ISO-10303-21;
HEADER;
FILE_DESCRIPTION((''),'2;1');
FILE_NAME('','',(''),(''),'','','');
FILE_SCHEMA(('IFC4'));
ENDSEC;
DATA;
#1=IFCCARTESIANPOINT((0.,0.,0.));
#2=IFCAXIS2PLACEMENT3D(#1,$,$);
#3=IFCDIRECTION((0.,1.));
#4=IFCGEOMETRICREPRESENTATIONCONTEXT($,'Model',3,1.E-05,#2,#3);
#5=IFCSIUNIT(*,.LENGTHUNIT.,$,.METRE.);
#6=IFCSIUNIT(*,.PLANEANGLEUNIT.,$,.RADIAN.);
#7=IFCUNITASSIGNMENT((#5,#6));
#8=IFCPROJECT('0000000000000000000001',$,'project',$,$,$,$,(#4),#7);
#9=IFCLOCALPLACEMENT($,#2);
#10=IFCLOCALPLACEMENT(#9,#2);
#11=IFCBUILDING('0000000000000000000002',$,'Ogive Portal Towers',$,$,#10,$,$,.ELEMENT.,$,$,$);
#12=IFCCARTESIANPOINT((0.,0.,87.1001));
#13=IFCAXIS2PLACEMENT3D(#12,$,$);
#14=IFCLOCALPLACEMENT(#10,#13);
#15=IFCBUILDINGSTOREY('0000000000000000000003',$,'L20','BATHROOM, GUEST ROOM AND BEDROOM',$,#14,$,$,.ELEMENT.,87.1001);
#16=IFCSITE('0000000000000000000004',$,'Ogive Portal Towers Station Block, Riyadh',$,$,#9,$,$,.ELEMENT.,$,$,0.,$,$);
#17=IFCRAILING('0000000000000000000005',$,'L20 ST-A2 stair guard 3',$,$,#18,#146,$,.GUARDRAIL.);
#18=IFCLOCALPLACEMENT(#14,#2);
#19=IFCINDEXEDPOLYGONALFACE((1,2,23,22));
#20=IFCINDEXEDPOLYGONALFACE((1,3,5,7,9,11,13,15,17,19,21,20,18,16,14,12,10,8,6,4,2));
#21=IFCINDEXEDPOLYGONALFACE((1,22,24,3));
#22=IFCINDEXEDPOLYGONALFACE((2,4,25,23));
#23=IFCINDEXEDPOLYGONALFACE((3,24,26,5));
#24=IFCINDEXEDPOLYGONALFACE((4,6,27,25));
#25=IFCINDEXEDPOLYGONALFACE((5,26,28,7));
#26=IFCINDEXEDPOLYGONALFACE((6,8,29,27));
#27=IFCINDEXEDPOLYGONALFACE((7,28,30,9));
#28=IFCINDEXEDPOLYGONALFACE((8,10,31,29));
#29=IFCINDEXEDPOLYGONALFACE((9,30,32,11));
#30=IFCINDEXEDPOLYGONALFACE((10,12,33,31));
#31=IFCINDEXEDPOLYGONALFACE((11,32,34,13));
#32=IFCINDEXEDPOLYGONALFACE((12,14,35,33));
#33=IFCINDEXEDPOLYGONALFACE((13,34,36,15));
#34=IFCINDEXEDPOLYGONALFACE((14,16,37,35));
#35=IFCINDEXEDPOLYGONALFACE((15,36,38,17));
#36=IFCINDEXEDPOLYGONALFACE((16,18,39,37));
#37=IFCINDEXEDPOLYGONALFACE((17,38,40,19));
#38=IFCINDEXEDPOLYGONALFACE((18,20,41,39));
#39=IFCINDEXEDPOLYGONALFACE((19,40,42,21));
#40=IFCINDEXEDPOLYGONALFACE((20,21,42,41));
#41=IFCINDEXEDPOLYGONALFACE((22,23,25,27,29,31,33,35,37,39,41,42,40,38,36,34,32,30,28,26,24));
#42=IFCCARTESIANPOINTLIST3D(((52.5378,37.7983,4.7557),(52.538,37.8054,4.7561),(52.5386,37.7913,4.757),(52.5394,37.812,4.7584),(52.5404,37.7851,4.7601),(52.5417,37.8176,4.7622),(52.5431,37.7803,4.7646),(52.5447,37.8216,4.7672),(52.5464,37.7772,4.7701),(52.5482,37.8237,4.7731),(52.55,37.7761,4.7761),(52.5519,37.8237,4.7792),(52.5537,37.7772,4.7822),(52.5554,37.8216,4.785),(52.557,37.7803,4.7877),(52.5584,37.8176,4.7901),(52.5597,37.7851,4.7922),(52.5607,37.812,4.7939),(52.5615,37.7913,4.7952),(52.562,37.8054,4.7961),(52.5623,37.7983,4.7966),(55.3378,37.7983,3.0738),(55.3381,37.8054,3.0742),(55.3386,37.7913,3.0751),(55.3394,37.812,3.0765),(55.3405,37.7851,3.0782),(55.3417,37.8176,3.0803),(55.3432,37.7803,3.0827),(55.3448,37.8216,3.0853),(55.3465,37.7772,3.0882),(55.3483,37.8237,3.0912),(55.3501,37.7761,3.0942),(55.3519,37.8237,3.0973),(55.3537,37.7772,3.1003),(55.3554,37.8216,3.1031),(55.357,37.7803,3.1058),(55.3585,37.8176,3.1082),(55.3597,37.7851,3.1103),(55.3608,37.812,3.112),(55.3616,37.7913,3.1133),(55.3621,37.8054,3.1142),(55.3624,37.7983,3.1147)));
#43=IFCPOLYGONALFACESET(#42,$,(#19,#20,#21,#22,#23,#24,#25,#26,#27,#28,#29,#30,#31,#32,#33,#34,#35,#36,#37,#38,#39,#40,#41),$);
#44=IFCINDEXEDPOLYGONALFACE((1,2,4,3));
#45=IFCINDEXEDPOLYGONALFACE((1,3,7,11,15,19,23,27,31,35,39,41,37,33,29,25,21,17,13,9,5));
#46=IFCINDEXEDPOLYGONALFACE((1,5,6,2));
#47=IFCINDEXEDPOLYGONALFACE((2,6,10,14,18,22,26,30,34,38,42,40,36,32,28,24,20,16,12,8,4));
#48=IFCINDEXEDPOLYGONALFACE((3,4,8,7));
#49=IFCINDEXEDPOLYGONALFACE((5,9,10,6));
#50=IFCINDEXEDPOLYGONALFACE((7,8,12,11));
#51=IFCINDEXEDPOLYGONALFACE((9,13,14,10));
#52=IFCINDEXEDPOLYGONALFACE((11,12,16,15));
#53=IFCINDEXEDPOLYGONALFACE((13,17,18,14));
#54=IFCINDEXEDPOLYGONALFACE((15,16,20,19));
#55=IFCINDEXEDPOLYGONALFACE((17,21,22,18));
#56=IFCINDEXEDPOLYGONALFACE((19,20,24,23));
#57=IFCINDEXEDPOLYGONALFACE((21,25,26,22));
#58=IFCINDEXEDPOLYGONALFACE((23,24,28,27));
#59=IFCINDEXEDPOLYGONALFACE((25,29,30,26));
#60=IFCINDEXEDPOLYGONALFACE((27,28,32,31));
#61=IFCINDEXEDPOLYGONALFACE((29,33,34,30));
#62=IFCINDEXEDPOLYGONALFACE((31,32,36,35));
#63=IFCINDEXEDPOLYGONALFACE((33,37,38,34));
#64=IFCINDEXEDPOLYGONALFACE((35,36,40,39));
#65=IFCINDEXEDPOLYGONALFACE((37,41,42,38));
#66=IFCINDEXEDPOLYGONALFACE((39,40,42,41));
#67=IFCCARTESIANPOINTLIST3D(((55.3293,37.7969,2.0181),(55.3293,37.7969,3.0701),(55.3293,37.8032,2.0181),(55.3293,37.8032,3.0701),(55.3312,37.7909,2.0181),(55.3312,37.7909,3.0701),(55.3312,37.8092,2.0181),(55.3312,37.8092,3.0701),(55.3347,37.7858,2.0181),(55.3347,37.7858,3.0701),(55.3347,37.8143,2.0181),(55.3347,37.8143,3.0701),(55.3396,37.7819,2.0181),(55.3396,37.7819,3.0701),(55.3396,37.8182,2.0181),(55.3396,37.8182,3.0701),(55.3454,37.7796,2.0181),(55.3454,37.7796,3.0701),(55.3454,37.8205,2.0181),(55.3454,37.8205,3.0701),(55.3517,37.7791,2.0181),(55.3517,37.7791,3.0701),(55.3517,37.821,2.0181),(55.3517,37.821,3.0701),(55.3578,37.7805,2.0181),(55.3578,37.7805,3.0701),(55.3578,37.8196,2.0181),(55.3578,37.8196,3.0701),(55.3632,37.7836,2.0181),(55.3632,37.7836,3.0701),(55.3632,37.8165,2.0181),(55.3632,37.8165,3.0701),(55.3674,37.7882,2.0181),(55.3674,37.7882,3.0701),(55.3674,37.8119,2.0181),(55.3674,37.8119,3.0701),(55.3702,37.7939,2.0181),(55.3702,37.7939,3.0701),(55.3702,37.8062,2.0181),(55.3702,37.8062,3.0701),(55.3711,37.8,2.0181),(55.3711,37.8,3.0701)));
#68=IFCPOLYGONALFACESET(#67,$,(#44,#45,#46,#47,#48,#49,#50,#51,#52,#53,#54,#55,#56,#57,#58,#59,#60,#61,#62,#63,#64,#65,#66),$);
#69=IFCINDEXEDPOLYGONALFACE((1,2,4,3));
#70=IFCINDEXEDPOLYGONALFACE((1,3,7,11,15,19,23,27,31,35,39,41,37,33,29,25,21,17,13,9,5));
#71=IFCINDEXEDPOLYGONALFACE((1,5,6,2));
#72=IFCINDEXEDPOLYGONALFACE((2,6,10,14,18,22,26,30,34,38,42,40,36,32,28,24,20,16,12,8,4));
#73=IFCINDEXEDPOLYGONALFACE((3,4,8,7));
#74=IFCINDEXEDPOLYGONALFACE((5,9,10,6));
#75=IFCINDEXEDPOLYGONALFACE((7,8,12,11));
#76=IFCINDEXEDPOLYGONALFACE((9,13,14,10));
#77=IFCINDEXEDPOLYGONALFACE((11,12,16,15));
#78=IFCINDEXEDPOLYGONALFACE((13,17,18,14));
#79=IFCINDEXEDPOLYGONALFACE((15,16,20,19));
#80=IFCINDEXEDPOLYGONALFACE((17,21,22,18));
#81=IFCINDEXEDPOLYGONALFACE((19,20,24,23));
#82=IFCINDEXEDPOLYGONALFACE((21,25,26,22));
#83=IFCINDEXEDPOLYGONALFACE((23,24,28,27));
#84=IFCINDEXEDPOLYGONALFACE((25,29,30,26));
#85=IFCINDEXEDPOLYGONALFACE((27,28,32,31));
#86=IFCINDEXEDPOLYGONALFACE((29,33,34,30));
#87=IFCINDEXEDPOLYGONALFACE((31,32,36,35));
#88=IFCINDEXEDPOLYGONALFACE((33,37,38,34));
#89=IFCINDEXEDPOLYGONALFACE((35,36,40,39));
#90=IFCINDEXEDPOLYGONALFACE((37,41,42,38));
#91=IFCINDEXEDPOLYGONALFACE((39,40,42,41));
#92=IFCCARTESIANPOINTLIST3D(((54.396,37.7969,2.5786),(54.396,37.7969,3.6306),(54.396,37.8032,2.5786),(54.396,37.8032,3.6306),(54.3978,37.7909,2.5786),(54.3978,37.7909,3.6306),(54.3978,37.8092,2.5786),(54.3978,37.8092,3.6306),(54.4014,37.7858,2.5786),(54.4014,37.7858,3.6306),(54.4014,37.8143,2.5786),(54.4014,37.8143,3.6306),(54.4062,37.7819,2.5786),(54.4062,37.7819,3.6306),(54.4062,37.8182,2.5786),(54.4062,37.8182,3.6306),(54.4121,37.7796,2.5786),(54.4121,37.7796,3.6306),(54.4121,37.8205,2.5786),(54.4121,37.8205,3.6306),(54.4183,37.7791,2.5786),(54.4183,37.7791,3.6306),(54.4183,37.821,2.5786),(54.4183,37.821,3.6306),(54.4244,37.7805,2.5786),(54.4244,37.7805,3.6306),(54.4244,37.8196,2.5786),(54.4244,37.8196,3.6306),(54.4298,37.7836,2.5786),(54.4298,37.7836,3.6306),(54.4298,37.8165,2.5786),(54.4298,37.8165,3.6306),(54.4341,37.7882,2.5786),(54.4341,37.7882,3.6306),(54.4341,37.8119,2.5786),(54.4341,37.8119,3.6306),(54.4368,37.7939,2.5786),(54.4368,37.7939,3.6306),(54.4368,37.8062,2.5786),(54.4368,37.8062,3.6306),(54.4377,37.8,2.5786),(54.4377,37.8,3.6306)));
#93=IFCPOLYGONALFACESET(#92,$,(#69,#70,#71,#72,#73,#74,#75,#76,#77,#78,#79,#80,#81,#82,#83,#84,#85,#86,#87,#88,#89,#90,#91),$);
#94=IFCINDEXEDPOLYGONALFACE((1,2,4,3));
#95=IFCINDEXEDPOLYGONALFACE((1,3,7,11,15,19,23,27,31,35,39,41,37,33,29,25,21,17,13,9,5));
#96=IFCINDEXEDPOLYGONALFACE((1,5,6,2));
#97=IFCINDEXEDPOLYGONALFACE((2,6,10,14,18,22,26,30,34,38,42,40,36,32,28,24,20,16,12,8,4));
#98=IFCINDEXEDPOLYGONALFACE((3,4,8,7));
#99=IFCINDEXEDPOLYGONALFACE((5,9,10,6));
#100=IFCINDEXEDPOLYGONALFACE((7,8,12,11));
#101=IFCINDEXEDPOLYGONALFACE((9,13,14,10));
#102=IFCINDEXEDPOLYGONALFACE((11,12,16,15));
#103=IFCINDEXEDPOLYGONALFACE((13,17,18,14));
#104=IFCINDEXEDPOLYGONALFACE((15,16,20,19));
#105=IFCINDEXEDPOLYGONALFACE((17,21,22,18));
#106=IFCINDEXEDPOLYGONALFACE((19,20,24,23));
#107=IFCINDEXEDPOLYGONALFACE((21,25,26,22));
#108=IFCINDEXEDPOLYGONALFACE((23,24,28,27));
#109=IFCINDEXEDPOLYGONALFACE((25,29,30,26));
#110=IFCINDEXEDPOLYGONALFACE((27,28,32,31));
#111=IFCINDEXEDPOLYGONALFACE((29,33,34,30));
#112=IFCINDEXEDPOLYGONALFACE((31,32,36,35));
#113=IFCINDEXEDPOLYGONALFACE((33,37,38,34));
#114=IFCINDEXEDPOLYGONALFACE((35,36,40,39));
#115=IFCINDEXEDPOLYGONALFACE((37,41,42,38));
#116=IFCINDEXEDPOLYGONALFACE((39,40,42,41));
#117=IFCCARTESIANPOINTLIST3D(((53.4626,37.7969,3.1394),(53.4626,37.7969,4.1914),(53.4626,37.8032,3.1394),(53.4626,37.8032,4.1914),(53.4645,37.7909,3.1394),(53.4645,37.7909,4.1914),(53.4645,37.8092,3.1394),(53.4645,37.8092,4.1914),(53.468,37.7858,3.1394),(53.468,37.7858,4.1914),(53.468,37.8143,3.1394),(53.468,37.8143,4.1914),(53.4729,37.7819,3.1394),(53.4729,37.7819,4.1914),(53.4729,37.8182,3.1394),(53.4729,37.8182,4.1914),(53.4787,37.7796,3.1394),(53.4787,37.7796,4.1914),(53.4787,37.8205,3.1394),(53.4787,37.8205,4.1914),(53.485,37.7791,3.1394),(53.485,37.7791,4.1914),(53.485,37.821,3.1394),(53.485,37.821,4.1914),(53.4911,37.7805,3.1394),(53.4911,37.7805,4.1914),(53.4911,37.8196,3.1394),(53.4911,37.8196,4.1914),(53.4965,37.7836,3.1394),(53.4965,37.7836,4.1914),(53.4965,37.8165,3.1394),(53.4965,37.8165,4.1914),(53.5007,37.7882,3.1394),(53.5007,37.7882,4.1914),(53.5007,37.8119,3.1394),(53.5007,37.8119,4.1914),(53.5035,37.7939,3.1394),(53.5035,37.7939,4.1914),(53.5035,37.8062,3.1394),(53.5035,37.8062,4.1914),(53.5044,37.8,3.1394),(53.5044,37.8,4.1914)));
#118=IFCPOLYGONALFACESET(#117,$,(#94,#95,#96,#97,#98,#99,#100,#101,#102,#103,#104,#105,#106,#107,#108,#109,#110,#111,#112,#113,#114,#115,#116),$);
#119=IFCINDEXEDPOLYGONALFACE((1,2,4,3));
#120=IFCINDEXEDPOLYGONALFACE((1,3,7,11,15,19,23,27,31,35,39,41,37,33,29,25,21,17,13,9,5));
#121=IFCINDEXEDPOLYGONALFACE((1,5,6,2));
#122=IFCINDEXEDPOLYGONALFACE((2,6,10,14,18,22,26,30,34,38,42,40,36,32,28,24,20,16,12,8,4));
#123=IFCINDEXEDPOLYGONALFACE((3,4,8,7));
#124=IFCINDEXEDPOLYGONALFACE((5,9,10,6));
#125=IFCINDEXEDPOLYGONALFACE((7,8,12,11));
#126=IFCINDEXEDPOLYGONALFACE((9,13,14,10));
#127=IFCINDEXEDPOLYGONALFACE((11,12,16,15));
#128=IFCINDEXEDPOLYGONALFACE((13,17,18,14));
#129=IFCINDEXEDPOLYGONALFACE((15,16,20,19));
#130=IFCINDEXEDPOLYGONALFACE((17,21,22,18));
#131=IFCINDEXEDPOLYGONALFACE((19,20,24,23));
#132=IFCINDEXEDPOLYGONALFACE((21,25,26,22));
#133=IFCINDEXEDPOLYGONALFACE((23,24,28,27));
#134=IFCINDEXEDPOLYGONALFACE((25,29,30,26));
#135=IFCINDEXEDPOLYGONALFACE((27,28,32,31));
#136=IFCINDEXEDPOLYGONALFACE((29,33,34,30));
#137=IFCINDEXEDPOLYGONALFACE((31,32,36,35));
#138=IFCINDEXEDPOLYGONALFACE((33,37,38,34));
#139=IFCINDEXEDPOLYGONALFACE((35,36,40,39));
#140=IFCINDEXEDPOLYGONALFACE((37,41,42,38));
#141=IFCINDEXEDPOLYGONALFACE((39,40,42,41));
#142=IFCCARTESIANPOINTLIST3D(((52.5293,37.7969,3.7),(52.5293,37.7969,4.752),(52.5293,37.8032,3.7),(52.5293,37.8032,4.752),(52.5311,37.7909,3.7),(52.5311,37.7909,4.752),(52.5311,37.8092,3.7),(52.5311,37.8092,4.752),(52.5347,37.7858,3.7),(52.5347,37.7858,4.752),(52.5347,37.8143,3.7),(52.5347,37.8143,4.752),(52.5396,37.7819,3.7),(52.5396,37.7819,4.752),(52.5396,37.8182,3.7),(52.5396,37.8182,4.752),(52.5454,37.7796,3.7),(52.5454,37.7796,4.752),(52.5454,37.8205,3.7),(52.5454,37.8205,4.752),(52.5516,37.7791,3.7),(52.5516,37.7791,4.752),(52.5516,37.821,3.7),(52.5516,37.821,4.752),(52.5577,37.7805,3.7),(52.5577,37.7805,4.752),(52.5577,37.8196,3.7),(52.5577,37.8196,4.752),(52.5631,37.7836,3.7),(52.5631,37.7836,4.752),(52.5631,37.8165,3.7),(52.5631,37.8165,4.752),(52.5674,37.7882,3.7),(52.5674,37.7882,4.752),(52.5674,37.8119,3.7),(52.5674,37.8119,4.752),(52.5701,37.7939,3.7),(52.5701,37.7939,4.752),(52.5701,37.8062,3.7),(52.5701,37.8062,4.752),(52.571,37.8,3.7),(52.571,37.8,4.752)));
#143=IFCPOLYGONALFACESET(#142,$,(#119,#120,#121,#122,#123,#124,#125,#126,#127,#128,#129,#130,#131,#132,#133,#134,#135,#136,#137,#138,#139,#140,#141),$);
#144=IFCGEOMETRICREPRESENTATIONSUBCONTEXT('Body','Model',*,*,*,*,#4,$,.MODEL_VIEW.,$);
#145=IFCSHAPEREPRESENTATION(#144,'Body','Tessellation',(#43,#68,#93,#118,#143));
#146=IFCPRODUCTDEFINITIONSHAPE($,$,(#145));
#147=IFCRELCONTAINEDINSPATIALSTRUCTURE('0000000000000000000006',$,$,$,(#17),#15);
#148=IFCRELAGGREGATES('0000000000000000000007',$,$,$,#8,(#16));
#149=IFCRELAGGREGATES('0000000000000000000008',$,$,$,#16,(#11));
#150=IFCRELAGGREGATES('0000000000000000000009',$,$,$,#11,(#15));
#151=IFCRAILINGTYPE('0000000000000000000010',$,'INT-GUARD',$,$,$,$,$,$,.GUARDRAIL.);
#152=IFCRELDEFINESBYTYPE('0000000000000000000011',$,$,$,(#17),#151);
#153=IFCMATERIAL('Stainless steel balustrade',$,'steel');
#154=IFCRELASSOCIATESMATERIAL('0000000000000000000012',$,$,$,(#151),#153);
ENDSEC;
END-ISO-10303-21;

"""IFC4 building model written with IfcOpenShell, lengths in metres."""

from ifc_helpers import new_model, si_unit, direction, frame, origin, origin_2d, place, context, subcontext, project, spatial, circle, extrude, material, type_object, element, save


model = new_model("IFC4")

# Units and contexts
model_context = context("Model", 3, precision=1e-05, world=origin(), true_north=direction((0.0, 1.0)))
body_context = subcontext(model_context, "Body", "Model", "MODEL_VIEW")
ifc_project = project(units=[si_unit("LENGTHUNIT", "METRE"), si_unit("PLANEANGLEUNIT", "RADIAN")], contexts=[model_context])

# Site, building, storey
site_placement = place(None, origin())
site = spatial("IfcSite", under=ifc_project, at=site_placement, Name="Ogive Portal Towers Station Block, Riyadh", CompositionType="ELEMENT", RefElevation=0.0)
building_placement = place(site_placement, origin())
building = spatial("IfcBuilding", under=site, at=building_placement, Name="Ogive Portal Towers", CompositionType="ELEMENT")
storey_placement = place(building_placement, frame((0.0, 0.0, 87.1001)))
storey = spatial("IfcBuildingStorey", under=building, at=storey_placement, Name="L20", Description="BATHROOM, GUEST ROOM AND BEDROOM", CompositionType="ELEMENT", Elevation=87.1001)

# Railing
ifc_material_1 = material(Name="Stainless steel balustrade", Category="steel")
railing_type_1 = type_object("IfcRailingType", Name="INT-GUARD", PredefinedType="GUARDRAIL", material=ifc_material_1)
railing_1_placement = place(storey_placement, frame((55.3501, 37.8, 2.0181)))
element("IfcRailing", 1, at=railing_1_placement, inside=storey, type_object=railing_type_1, Name="L20 ST-A2 stair guard 3", PredefinedType="GUARDRAIL", context=body_context, shape_type="SweptSolid", body=[
    extrude(circle(Radius=0.0239, at=origin_2d()), frame((0.0, 0.0, 1.0762), z_axis=(-0.857242, 0.0, 0.514913), x_axis=(0.0, -1.0, 0.0)), (0.0, 0.0, 1.0), 3.2664),
    extrude(circle(Radius=0.021, at=origin_2d()), origin(), (0.0, 0.0, 1.0), 1.052),
    extrude(circle(Radius=0.021, at=origin_2d()), frame((-0.9333, 0.0, 0.5605)), (0.0, 0.0, 1.0), 1.052),
    extrude(circle(Radius=0.021, at=origin_2d()), frame((-1.8667, 0.0, 1.1213)), (0.0, 0.0, 1.0), 1.052),
    extrude(circle(Radius=0.021, at=origin_2d()), frame((-2.8, 0.0, 1.6819)), (0.0, 0.0, 1.0), 1.052),
])

save(model, "model.ifc")
